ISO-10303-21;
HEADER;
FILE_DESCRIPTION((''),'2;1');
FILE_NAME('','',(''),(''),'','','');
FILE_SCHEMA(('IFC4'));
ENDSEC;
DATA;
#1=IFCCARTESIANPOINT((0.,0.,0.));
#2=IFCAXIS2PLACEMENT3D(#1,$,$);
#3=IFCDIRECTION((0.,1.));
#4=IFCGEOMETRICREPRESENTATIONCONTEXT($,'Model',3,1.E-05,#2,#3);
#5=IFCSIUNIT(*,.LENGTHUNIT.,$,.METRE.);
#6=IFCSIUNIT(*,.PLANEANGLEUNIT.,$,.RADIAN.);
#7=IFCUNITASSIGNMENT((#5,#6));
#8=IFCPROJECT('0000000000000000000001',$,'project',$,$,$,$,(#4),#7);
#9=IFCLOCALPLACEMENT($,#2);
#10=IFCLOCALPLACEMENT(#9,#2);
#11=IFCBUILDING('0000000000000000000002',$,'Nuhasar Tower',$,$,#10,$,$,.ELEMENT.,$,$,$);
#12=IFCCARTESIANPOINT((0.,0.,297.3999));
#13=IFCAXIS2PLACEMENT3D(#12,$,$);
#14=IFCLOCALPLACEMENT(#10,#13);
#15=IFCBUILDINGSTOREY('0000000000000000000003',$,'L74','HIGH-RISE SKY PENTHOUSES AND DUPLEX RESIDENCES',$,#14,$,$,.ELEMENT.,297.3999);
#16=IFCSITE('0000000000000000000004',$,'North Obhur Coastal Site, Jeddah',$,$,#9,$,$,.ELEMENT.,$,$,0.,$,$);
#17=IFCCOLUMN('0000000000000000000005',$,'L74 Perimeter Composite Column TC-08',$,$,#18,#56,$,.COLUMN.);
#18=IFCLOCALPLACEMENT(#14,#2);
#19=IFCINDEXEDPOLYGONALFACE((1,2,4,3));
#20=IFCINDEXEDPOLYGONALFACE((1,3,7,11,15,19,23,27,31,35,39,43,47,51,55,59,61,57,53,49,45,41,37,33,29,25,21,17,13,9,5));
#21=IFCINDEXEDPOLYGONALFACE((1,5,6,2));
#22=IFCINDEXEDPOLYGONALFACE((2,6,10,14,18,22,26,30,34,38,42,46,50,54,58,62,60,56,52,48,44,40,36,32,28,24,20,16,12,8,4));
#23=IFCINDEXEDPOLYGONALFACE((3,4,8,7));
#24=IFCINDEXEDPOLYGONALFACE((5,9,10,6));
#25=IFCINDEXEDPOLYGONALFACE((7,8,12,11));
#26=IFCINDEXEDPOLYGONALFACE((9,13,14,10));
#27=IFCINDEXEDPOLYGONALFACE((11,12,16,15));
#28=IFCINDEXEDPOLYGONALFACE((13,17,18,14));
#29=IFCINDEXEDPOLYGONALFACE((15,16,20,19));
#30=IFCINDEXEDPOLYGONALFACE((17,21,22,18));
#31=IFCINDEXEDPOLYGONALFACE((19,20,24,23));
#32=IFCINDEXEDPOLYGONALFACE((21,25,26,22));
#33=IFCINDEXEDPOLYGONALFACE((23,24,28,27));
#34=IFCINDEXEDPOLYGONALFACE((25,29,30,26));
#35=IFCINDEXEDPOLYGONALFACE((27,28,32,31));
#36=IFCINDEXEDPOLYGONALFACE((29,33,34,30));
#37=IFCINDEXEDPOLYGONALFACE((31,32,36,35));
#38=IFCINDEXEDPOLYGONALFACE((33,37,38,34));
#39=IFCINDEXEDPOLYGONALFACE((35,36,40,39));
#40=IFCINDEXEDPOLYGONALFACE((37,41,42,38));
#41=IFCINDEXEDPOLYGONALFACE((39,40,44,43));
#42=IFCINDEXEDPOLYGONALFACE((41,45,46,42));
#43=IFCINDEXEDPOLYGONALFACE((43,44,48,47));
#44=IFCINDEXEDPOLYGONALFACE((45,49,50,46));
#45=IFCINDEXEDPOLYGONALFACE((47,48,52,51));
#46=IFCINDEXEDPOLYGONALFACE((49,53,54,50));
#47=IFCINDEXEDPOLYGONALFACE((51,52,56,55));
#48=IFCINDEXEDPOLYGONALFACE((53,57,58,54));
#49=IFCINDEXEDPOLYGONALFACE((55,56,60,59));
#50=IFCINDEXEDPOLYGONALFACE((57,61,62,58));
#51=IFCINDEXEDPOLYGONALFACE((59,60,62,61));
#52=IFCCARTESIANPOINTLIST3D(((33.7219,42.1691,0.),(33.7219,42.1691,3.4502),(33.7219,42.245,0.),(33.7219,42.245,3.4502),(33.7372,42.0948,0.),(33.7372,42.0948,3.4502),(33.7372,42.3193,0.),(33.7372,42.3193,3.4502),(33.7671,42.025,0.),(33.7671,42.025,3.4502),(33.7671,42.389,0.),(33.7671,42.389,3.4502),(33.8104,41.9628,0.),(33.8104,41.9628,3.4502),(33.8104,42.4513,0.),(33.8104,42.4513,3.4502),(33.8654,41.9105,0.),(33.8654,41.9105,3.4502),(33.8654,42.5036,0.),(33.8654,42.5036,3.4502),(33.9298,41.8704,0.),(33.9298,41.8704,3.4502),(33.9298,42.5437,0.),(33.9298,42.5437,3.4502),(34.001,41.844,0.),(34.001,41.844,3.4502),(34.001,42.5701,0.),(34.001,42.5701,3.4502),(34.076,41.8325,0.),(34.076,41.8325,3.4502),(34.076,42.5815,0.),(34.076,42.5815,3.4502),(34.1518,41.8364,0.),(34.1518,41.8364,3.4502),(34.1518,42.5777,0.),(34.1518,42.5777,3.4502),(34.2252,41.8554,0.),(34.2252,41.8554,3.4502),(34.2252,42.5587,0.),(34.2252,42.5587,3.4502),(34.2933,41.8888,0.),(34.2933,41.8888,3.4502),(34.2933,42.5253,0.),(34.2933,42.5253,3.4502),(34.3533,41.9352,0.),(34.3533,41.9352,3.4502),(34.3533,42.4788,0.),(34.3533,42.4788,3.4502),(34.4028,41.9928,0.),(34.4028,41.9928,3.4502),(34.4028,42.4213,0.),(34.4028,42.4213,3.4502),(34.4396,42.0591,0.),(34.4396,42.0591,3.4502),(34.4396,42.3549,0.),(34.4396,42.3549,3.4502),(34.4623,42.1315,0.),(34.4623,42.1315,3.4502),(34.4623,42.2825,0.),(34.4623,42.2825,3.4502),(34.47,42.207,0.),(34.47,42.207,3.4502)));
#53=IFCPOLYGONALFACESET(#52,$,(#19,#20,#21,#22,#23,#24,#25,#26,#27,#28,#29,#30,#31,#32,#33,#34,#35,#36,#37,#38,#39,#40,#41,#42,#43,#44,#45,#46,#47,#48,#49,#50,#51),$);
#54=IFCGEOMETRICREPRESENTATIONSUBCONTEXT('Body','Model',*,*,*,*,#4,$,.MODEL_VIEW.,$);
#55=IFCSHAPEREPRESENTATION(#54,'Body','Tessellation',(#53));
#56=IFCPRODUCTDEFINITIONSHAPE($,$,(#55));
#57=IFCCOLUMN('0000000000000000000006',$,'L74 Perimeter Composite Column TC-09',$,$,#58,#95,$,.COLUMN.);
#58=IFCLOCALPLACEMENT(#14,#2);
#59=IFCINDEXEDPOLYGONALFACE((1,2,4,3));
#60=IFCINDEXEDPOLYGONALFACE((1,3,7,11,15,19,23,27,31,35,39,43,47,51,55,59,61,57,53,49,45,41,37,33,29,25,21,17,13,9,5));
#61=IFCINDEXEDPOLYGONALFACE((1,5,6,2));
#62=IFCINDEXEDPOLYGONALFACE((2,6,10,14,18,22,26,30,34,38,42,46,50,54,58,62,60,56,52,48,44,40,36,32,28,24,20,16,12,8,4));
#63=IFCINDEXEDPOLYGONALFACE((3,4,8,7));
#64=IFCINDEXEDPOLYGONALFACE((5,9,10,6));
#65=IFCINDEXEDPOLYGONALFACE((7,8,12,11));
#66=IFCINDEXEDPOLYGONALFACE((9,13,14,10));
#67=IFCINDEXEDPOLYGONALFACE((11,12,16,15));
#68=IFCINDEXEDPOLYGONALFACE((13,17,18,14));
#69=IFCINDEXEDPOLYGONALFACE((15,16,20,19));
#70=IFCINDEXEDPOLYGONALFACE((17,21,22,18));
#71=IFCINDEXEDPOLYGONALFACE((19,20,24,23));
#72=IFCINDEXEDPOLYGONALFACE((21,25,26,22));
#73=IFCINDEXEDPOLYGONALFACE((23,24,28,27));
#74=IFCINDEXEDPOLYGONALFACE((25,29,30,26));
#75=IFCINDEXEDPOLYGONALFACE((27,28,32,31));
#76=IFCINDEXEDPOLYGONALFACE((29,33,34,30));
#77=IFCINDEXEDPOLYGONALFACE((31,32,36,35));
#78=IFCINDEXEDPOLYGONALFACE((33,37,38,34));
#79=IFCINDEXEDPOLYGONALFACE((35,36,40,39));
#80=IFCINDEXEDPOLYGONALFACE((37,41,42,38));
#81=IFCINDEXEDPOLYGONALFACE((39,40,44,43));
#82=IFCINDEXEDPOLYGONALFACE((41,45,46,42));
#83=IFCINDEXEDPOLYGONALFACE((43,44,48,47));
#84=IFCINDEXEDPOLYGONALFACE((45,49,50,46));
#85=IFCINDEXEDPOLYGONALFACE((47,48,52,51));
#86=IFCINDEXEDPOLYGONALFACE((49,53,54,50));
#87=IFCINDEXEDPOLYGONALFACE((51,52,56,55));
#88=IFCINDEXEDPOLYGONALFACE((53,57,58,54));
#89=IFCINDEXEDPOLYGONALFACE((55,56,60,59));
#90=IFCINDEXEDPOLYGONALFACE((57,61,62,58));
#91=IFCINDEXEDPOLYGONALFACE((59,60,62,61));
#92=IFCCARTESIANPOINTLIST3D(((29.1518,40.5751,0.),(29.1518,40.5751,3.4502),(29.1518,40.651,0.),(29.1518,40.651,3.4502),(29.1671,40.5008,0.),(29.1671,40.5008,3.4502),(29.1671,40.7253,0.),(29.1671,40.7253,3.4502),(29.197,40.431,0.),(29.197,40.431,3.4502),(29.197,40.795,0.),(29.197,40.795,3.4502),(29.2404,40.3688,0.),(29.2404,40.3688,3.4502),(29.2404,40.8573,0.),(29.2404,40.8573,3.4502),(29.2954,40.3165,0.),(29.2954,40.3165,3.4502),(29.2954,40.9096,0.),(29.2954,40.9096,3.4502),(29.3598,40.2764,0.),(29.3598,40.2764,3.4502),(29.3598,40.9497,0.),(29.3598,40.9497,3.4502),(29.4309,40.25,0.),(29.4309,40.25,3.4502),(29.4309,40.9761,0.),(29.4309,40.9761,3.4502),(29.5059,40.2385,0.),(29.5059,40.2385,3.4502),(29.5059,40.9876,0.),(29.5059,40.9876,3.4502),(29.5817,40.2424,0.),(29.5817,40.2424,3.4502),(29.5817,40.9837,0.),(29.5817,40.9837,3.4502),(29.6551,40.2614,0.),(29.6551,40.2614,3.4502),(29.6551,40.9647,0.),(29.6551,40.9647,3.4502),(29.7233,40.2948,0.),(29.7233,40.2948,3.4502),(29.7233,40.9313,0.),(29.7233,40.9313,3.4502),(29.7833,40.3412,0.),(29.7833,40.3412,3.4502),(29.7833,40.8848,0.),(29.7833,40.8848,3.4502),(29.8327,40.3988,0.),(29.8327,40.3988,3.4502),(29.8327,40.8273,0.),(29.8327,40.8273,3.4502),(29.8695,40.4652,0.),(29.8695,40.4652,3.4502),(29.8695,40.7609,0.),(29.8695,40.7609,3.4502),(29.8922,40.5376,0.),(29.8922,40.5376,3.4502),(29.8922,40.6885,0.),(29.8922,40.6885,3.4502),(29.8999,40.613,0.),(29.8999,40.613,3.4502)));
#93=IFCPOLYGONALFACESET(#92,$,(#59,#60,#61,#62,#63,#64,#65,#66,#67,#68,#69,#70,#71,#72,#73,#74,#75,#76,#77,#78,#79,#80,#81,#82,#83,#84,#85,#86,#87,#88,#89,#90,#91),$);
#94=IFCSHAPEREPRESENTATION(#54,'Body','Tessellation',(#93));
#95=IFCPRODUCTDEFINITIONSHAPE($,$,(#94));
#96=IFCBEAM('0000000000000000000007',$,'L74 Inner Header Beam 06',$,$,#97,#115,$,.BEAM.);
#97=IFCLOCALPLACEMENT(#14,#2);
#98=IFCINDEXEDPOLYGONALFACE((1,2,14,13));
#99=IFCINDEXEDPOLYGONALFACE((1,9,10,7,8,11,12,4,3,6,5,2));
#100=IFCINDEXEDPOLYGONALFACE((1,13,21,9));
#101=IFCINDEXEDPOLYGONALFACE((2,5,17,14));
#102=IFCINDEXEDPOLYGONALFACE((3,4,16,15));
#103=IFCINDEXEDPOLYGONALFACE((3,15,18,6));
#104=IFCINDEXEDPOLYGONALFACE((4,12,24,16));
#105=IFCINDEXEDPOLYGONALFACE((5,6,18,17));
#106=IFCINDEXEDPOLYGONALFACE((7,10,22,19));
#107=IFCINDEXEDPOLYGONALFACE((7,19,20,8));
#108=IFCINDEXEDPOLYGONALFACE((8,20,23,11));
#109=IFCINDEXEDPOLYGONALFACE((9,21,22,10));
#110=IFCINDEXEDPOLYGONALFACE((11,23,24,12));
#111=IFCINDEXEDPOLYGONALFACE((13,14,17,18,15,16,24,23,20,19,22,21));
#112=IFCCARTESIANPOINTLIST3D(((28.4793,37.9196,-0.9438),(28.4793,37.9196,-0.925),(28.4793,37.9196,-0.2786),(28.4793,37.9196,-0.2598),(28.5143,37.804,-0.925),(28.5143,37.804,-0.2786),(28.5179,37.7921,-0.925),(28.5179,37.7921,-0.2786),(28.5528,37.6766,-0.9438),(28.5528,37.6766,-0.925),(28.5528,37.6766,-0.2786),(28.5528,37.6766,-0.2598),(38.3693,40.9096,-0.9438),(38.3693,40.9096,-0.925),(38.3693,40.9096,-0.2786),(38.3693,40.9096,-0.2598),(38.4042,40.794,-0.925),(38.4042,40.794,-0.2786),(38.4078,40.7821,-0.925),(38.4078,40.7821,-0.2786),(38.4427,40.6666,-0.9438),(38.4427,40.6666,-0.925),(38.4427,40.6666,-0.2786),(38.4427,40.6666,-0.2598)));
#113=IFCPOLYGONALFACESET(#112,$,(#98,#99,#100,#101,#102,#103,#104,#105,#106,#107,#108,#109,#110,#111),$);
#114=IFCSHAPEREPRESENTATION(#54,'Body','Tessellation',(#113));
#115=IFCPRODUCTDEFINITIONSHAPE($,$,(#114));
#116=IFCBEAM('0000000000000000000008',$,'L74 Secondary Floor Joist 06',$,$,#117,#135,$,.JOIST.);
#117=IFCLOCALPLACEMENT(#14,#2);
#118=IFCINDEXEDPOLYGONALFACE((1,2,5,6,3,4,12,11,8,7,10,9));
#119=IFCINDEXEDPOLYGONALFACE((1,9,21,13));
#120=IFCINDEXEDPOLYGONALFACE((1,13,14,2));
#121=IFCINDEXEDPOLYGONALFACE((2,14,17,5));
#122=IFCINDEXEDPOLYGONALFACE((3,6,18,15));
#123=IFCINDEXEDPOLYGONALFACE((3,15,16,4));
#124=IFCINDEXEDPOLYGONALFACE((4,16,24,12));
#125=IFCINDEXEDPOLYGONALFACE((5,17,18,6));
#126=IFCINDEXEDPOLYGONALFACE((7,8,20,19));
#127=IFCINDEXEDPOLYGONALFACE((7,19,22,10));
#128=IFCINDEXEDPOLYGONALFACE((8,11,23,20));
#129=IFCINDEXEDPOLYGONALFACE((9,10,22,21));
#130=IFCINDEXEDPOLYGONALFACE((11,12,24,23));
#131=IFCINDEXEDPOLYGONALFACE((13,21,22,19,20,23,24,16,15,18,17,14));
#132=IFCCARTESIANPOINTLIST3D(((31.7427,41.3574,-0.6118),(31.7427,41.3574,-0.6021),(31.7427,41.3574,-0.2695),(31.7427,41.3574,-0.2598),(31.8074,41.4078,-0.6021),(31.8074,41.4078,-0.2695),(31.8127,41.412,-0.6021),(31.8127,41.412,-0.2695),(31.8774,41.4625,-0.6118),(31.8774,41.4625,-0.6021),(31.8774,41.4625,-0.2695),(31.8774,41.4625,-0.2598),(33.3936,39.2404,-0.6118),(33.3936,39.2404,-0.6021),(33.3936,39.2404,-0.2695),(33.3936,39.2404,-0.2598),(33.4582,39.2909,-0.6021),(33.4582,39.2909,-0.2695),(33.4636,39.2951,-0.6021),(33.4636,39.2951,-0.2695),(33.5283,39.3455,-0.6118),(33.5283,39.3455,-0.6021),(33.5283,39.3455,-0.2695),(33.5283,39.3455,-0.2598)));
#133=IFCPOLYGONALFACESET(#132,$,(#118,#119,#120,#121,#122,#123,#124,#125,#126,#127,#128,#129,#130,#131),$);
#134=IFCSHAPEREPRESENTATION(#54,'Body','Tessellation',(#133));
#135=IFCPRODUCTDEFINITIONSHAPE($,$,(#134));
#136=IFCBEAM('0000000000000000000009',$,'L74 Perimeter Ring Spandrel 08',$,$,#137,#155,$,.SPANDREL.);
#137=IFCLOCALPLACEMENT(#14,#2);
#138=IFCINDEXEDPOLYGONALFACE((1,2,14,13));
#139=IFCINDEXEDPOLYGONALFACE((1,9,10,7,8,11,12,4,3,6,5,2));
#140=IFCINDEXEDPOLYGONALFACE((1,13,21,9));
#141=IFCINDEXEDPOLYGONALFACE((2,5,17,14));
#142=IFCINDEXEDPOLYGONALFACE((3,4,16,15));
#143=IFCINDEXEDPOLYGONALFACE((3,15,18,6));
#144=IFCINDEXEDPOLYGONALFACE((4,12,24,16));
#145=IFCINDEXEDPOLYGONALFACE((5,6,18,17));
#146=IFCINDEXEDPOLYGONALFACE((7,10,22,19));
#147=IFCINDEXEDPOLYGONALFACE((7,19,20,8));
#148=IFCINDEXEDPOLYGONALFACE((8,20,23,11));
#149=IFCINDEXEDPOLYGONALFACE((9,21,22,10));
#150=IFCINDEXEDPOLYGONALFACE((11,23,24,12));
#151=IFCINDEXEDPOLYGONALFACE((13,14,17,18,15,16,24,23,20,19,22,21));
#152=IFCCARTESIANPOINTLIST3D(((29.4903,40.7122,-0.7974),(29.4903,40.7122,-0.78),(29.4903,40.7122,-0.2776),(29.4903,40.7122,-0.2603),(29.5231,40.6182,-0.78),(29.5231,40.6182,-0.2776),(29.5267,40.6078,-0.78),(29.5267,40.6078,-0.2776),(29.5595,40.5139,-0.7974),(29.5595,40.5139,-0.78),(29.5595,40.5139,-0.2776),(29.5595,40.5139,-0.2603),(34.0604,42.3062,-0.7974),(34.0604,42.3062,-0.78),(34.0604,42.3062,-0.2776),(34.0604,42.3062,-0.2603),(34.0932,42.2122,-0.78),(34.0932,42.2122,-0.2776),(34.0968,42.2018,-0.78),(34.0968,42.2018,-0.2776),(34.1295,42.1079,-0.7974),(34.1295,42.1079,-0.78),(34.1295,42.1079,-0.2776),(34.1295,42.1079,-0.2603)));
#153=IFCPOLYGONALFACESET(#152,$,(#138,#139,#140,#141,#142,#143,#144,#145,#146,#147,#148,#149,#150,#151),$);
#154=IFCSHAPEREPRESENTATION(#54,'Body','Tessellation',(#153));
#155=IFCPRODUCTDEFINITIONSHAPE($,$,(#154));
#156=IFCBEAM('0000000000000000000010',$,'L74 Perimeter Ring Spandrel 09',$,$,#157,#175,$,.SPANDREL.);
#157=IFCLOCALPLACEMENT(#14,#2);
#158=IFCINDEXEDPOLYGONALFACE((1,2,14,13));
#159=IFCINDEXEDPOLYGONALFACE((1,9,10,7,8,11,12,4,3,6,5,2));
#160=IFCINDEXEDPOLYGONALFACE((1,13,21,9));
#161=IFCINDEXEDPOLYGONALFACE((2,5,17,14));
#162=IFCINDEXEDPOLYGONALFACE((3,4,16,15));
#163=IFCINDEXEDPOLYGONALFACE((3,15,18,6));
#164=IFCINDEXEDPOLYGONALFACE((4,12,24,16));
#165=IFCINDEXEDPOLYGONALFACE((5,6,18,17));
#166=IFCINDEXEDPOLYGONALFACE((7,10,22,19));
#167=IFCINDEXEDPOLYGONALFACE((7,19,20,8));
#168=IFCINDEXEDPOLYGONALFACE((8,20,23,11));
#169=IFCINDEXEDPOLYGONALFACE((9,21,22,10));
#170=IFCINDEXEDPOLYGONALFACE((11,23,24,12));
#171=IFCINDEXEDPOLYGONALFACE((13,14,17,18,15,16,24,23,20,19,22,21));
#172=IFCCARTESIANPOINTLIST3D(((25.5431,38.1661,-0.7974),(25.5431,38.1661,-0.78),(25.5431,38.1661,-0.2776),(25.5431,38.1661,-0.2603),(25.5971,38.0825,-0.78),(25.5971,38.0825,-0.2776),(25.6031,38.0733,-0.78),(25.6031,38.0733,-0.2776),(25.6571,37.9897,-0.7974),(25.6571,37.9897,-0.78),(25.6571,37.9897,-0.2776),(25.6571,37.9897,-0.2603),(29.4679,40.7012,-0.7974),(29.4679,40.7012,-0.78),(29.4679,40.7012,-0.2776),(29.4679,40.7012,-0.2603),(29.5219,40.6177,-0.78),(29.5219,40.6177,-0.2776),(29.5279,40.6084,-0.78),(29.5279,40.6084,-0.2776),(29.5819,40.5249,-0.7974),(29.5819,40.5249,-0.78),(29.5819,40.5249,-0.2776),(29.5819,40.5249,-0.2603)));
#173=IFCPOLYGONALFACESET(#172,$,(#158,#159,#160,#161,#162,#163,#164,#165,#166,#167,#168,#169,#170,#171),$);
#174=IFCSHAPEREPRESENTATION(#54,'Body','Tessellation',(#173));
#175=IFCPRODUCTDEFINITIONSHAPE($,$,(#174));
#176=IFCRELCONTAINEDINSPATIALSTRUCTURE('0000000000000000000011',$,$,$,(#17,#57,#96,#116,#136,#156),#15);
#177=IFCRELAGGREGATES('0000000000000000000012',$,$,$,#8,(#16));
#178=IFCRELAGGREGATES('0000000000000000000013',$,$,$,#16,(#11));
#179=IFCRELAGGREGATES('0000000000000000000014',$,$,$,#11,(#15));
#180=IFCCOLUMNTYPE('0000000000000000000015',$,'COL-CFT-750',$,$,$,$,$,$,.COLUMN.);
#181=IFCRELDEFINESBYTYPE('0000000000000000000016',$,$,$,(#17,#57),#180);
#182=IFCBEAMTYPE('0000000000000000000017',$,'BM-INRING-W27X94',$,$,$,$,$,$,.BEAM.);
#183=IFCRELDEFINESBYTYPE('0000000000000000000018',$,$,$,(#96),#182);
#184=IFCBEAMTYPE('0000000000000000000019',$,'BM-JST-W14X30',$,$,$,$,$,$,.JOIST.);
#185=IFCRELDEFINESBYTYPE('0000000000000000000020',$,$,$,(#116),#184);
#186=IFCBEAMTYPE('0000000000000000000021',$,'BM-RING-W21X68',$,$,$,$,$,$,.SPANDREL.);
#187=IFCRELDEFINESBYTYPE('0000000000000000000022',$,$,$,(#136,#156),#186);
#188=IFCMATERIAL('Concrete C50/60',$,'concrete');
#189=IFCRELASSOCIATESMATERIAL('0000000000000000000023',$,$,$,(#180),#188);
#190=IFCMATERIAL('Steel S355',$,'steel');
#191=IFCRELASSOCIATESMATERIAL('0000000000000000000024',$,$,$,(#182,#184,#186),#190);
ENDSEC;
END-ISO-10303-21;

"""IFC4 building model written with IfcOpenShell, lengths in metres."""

from ifc_helpers import new_model, si_unit, direction, frame, origin, origin_2d, place, context, subcontext, project, spatial, circle, i_section, extrude, material, material_profile, profile_set, type_object, element, save


model = new_model("IFC4")

# Units and contexts
model_context = context("Model", 3, precision=1e-05, world=origin(), true_north=direction((0.0, 1.0)))
body_context = subcontext(model_context, "Body", "Model", "MODEL_VIEW")
ifc_project = project(units=[si_unit("LENGTHUNIT", "METRE"), si_unit("PLANEANGLEUNIT", "RADIAN")], contexts=[model_context])

# Site, building, storey
site_placement = place(None, origin())
site = spatial("IfcSite", under=ifc_project, at=site_placement, Name="North Obhur Coastal Site, Jeddah", CompositionType="ELEMENT", RefElevation=0.0)
building_placement = place(site_placement, origin())
building = spatial("IfcBuilding", under=site, at=building_placement, Name="Nuhasar Tower", CompositionType="ELEMENT")
storey_placement = place(building_placement, frame((0.0, 0.0, 297.3999)))
storey = spatial("IfcBuildingStorey", under=building, at=storey_placement, Name="L74", Description="HIGH-RISE SKY PENTHOUSES AND DUPLEX RESIDENCES", CompositionType="ELEMENT", Elevation=297.3999)

# Columns
ifc_material_1 = material(Name="Concrete C50/60", Category="concrete")
ifc_material_profile_1 = material_profile(ifc_material_1, circle(Radius=0.375, at=origin_2d()), Name="CFT750")
ifc_profile_set_1 = profile_set([ifc_material_profile_1], Name="Concrete C50/60")
column_type = type_object("IfcColumnType", Name="COL-CFT-750", PredefinedType="COLUMN", material=ifc_profile_set_1)
for number, where, z_axis, x_axis, name in (
    (1, (34.095, 42.207, 0.0), (0.0, 0.0, 1.0), (1.0, 0.0, 0.0), "L74 Perimeter Composite Column TC-08"),
    (2, (29.5249, 40.613, 0.0), (0.0, 0.0, 1.0), (1.0, 0.0, 0.0), "L74 Perimeter Composite Column TC-09"),
):
    element("IfcColumn", number, at=place(storey_placement, frame(where, z_axis=z_axis, x_axis=x_axis)), inside=storey, type_object=column_type, Name=name, PredefinedType="COLUMN", context=body_context, shape_type="SweptSolid", body=[
        extrude(circle(Radius=0.375, at=origin_2d()), origin(), (0.0, 0.0, 1.0), 3.4502),
    ])

# Beams
ifc_material_2 = material(Name="Steel S355", Category="steel")
ifc_material_profile_2 = material_profile(ifc_material_2, i_section(OverallWidth=0.2539, OverallDepth=0.6841, WebThickness=0.0125, FlangeThickness=0.0188, at=origin_2d()), Name="W27X94")
ifc_profile_set_2 = profile_set([ifc_material_profile_2], Name="Steel S355")
beam_type_1 = type_object("IfcBeamType", Name="BM-INRING-W27X94", PredefinedType="BEAM", material=ifc_profile_set_2)
beam_1_placement = place(storey_placement, frame((38.406, 40.7881, -0.6018), z_axis=(-0.957211, -0.289392, 0.0), x_axis=(0.289392, -0.957211, 0.0)))
element("IfcBeam", 3, at=beam_1_placement, inside=storey, type_object=beam_type_1, Name="L74 Inner Header Beam 06", PredefinedType="BEAM", context=body_context, shape_type="SweptSolid", body=[
    extrude(i_section(OverallWidth=0.2539, OverallDepth=0.6841, WebThickness=0.0125, FlangeThickness=0.0188, at=origin_2d()), origin(), (0.0, 0.0, 1.0), 10.332),
])
ifc_material_profile_3 = material_profile(ifc_material_2, i_section(OverallWidth=0.1709, OverallDepth=0.3521, WebThickness=0.0068, FlangeThickness=0.0098, at=origin_2d()), Name="W14X30")
ifc_profile_set_3 = profile_set([ifc_material_profile_3], Name="Steel S355")
beam_type_2 = type_object("IfcBeamType", Name="BM-JST-W14X30", PredefinedType="JOIST", material=ifc_profile_set_3)
beam_2_placement = place(storey_placement, frame((33.4609, 39.293, -0.4358), z_axis=(-0.614954, 0.788563, 0.0), x_axis=(-0.788563, -0.614954, 0.0)))
element("IfcBeam", 4, at=beam_2_placement, inside=storey, type_object=beam_type_2, Name="L74 Secondary Floor Joist 06", PredefinedType="JOIST", context=body_context, shape_type="SweptSolid", body=[
    extrude(i_section(OverallWidth=0.1709, OverallDepth=0.3521, WebThickness=0.0068, FlangeThickness=0.0098, at=origin_2d()), origin(), (0.0, 0.0, 1.0), 2.6846),
])
ifc_material_profile_4 = material_profile(ifc_material_2, i_section(OverallWidth=0.21, OverallDepth=0.5371, WebThickness=0.011, FlangeThickness=0.0173, at=origin_2d()), Name="W21X68")
ifc_profile_set_4 = profile_set([ifc_material_profile_4], Name="Steel S355")
beam_type_3 = type_object("IfcBeamType", Name="BM-RING-W21X68", PredefinedType="SPANDREL", material=ifc_profile_set_4)
beam_3_placement = place(storey_placement, frame((34.095, 42.207, -0.5288), z_axis=(-0.944214, -0.329332, 0.0), x_axis=(0.329332, -0.944214, 0.0)))
element("IfcBeam", 5, at=beam_3_placement, inside=storey, type_object=beam_type_3, Name="L74 Perimeter Ring Spandrel 08", PredefinedType="SPANDREL", context=body_context, shape_type="SweptSolid", body=[
    extrude(i_section(OverallWidth=0.21, OverallDepth=0.5371, WebThickness=0.011, FlangeThickness=0.0173, at=origin_2d()), origin(), (0.0, 0.0, 1.0), 4.8401),
])
beam_4_placement = place(storey_placement, frame((29.5249, 40.613, -0.5288), z_axis=(-0.840002, -0.542584, 0.0), x_axis=(0.542584, -0.840002, 0.0)))
element("IfcBeam", 6, at=beam_4_placement, inside=storey, type_object=beam_type_3, Name="L74 Perimeter Ring Spandrel 09", PredefinedType="SPANDREL", context=body_context, shape_type="SweptSolid", body=[
    extrude(i_section(OverallWidth=0.21, OverallDepth=0.5371, WebThickness=0.011, FlangeThickness=0.0173, at=origin_2d()), origin(), (0.0, 0.0, 1.0), 4.6724),
])

save(model, "model.ifc")
